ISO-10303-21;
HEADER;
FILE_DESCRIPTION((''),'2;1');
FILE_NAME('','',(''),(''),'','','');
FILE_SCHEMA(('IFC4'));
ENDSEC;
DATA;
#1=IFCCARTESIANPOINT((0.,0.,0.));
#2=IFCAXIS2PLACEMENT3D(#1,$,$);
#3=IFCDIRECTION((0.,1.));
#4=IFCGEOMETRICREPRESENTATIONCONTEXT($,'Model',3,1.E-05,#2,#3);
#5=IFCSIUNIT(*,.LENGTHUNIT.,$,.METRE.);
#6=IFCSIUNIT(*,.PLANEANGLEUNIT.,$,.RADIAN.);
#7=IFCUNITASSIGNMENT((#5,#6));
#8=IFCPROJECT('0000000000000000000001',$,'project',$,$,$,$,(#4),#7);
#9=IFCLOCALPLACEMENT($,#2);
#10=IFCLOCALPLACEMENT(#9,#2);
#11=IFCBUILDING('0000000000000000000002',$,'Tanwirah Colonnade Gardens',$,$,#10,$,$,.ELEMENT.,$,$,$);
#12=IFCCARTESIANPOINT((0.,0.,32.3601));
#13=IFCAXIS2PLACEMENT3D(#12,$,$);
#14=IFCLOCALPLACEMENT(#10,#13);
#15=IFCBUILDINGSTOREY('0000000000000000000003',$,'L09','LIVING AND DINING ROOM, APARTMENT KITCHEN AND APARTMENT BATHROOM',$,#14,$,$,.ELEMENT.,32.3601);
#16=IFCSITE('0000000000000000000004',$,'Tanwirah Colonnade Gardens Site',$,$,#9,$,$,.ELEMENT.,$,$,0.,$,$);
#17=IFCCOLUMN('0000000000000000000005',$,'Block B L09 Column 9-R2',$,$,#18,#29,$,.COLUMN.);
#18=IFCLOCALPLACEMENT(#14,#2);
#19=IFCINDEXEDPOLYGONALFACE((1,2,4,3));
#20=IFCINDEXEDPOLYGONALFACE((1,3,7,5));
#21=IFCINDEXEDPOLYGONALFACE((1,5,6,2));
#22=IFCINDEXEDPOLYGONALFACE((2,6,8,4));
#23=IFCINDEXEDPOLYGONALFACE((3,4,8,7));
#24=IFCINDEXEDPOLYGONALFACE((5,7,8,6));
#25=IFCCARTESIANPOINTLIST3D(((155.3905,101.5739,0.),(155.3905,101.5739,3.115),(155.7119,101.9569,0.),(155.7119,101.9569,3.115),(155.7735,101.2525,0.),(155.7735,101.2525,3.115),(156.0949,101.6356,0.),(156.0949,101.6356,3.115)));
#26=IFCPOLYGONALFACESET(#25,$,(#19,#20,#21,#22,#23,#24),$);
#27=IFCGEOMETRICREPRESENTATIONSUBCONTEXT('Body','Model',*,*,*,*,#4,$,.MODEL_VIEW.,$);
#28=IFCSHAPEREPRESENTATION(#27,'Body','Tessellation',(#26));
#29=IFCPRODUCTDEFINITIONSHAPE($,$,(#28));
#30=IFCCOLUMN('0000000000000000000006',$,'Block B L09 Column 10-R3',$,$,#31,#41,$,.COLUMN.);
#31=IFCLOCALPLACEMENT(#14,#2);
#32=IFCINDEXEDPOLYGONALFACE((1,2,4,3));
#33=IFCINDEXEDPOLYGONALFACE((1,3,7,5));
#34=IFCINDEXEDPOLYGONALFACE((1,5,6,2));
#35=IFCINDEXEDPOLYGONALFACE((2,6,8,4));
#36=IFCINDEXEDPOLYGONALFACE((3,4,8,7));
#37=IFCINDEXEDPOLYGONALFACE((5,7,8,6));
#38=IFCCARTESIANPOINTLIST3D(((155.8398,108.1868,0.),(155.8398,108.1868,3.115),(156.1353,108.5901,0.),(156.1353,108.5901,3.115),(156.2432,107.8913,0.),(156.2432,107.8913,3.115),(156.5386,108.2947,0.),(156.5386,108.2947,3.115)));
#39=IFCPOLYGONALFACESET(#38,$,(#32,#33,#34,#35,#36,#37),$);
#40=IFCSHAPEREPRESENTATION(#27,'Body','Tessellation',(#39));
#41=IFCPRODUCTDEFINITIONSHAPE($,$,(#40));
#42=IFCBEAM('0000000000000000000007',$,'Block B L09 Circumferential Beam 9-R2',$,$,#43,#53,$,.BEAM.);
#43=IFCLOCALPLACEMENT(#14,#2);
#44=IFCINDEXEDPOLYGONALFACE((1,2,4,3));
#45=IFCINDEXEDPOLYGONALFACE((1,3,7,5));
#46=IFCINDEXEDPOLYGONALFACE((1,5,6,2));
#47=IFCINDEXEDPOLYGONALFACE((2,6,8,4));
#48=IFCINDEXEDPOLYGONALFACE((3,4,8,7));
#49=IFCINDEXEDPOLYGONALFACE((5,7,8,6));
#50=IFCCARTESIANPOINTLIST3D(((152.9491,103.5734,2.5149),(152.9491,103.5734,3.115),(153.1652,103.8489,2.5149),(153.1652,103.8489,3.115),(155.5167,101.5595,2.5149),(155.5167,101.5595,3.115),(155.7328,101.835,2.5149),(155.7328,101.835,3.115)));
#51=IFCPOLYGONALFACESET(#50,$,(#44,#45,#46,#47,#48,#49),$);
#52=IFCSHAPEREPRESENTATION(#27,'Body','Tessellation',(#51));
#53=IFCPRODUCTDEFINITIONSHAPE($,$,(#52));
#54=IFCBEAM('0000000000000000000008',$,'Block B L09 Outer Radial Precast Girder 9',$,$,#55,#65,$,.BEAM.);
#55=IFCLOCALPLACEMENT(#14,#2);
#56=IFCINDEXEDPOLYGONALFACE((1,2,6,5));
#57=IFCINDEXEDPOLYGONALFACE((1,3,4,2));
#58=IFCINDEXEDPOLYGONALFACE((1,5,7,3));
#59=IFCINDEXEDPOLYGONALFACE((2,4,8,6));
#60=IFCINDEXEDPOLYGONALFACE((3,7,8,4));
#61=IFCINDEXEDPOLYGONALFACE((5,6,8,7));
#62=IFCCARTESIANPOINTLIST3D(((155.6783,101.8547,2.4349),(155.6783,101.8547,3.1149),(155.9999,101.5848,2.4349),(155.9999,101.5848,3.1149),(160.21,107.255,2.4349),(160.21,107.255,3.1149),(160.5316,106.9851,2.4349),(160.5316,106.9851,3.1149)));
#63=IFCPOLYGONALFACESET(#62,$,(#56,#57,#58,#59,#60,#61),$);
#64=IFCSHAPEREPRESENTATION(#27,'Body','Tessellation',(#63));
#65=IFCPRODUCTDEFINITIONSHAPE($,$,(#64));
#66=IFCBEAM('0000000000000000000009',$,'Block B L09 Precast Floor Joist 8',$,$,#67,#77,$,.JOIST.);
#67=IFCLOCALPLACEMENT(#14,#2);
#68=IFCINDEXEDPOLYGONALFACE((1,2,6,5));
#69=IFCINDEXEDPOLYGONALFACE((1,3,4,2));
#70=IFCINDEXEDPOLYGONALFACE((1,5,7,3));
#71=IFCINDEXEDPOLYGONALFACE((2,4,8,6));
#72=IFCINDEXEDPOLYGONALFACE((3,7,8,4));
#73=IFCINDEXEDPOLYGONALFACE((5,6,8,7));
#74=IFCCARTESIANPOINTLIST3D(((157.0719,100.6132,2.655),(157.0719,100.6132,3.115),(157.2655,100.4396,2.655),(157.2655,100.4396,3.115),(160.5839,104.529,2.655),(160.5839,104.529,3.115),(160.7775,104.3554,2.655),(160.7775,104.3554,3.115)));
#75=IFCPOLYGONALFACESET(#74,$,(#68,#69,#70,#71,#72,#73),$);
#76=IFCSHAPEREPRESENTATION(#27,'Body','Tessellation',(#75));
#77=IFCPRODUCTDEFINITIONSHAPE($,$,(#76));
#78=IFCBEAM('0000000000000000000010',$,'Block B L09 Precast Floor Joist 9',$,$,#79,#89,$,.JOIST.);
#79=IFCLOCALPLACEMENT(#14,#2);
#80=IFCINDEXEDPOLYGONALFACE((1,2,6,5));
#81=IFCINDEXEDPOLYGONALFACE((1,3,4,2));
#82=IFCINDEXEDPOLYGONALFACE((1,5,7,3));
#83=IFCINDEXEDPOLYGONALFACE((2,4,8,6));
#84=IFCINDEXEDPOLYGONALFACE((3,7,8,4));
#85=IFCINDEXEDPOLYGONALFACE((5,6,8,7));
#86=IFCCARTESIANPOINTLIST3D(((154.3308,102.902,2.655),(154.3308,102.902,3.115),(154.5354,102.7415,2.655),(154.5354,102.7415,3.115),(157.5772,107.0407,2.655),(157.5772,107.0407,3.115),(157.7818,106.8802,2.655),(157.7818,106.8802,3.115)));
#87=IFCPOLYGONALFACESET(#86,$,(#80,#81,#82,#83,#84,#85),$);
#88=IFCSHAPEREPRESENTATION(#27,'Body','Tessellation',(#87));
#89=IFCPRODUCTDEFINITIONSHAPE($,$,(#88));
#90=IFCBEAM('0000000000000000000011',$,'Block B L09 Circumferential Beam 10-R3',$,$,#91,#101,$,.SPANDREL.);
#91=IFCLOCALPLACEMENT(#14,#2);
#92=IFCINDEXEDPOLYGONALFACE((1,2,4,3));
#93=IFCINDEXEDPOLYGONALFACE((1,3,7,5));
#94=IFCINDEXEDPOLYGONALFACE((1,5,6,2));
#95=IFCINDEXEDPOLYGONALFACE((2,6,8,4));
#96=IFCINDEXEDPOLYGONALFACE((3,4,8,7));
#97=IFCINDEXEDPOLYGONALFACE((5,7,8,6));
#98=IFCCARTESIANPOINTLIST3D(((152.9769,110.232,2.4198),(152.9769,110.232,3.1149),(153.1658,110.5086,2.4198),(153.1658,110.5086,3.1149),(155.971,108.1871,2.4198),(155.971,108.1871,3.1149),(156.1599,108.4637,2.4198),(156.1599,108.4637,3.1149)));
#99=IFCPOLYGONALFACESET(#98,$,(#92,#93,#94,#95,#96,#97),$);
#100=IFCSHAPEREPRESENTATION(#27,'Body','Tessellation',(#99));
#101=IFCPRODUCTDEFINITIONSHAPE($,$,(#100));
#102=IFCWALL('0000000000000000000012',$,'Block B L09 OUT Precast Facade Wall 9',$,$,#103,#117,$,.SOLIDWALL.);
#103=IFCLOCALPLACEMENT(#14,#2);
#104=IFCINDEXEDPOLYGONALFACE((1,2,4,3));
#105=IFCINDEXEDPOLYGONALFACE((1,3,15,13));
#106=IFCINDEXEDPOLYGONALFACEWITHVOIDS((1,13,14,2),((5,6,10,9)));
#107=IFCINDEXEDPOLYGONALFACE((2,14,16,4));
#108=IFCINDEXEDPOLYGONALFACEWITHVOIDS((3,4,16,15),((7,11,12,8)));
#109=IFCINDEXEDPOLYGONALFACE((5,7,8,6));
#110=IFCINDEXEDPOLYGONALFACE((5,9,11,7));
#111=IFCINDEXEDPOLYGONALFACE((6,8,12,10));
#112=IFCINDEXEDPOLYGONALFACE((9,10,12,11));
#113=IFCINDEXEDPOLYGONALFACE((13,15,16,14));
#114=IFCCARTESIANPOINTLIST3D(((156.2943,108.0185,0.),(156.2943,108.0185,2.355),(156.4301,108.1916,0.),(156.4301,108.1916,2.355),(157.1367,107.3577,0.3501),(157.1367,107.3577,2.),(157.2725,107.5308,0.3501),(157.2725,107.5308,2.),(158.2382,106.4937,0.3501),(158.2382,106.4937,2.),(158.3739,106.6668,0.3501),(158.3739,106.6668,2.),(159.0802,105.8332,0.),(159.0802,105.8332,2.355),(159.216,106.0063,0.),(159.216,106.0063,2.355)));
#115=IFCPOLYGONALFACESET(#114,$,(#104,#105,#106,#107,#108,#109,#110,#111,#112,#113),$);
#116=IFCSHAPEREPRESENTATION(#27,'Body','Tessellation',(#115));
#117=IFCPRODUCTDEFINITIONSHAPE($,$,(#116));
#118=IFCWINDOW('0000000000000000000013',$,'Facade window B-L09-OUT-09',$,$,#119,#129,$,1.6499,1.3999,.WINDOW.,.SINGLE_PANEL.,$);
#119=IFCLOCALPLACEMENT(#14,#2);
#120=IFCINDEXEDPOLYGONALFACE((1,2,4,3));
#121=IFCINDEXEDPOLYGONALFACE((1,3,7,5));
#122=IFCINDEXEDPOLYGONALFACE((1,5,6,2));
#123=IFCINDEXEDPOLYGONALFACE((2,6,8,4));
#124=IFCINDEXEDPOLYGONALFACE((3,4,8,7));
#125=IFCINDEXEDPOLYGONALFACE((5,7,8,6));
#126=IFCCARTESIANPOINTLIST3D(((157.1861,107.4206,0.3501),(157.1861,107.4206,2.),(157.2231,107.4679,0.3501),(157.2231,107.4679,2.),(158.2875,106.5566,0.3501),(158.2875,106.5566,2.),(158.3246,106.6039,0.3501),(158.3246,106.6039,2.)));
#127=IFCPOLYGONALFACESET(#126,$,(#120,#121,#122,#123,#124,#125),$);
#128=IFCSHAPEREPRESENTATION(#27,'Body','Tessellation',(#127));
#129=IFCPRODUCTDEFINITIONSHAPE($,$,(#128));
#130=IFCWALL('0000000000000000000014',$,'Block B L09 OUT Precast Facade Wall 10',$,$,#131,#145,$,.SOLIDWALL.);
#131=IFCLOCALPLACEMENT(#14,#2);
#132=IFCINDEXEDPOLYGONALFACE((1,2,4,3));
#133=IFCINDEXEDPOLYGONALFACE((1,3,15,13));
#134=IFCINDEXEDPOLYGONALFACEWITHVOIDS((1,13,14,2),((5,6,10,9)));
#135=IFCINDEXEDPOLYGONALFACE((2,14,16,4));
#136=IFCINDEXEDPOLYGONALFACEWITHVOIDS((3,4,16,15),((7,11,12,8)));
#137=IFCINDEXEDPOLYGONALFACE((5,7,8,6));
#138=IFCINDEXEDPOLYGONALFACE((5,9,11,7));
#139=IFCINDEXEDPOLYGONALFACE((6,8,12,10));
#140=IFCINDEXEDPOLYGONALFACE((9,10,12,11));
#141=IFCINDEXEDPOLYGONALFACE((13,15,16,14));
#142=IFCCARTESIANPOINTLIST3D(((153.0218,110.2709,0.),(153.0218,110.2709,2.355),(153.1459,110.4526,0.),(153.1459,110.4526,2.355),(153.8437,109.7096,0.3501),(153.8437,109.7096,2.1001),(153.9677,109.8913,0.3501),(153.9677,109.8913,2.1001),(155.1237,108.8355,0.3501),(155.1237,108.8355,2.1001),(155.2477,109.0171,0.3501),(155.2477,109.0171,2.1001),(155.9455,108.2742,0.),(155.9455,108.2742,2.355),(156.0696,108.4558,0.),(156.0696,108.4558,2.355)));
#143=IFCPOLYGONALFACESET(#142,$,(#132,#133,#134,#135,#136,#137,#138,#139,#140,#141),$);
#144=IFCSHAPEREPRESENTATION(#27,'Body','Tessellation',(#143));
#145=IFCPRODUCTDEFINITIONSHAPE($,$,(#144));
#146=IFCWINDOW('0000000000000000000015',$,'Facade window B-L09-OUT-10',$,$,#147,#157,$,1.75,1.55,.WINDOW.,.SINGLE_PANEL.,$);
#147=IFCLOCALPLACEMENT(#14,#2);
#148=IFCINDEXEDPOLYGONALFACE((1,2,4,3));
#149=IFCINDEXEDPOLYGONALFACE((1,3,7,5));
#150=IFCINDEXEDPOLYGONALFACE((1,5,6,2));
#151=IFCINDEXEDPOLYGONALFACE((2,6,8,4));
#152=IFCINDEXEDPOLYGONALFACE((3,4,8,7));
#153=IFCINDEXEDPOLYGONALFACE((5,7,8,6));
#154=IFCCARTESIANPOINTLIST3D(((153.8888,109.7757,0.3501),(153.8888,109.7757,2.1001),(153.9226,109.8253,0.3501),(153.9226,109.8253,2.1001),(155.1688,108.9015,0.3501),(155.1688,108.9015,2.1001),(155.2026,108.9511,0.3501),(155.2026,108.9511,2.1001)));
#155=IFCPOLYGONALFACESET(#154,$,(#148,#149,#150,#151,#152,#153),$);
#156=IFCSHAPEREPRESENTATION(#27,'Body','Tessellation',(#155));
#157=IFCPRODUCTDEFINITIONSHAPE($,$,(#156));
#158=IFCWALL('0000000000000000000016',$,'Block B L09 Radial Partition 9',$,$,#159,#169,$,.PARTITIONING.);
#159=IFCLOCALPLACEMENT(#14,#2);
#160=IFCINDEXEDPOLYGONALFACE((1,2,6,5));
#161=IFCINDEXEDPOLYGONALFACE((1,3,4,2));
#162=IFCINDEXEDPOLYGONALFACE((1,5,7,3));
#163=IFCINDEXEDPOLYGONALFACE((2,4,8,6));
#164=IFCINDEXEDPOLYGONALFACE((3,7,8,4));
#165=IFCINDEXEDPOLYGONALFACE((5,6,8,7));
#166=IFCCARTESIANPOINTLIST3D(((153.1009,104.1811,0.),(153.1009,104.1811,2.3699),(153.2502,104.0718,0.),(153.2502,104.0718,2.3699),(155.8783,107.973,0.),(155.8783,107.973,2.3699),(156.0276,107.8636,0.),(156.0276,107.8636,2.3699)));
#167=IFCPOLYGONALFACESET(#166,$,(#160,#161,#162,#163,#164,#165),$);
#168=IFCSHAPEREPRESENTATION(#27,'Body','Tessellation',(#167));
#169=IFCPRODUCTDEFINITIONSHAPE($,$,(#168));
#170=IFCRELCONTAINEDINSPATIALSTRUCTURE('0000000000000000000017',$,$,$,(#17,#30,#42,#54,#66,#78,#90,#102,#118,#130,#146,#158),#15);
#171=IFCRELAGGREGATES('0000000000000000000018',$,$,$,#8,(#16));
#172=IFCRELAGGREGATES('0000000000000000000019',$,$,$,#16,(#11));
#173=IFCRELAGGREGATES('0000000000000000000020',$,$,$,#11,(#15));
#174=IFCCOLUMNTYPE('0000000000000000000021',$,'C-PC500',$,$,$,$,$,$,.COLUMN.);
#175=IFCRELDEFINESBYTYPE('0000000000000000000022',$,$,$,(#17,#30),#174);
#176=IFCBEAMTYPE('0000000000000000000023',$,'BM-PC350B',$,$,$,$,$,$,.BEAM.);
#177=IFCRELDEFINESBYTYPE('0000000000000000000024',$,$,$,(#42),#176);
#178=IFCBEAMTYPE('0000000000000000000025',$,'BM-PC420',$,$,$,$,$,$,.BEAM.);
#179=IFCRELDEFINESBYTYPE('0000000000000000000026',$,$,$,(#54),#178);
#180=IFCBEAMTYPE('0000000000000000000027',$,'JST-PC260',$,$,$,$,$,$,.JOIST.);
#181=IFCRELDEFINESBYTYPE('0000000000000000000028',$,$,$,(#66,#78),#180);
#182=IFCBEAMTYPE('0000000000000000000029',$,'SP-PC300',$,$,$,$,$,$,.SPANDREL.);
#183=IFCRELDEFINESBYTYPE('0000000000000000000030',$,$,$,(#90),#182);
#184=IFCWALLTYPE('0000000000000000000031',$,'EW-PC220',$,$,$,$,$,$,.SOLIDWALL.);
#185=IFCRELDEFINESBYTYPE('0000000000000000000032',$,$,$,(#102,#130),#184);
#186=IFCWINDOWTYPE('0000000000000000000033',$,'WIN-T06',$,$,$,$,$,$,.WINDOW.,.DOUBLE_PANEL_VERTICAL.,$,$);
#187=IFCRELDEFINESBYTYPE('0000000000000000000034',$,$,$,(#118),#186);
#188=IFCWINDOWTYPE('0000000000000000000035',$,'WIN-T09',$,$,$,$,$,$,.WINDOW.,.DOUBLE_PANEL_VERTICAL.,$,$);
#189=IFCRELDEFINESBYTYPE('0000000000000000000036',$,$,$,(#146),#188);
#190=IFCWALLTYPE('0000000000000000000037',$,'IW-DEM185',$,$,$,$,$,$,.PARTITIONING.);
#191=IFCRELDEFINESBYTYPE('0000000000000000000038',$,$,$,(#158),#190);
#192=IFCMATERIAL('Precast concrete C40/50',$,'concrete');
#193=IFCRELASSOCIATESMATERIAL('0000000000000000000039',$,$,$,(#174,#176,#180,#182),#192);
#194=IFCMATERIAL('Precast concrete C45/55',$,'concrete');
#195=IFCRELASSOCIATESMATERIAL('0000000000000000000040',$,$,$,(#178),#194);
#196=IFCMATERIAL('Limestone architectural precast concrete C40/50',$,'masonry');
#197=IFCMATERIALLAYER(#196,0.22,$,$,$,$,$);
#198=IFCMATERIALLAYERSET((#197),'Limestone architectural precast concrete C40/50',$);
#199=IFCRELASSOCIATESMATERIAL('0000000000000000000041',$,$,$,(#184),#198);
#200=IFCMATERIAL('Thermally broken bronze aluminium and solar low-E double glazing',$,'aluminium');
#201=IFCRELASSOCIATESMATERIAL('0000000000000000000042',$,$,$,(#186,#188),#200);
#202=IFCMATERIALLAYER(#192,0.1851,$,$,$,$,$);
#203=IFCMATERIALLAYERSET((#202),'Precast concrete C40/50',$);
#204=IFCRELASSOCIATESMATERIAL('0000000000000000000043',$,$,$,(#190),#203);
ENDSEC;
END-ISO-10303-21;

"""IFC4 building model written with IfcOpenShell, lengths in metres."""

from ifc_helpers import new_model, si_unit, direction, frame, frame_2d, origin, origin_2d, place, context, subcontext, project, spatial, rectangle, extrude, material, layer, layer_set, material_profile, profile_set, type_object, element, fill, save


model = new_model("IFC4")

# Units and contexts
model_context = context("Model", 3, precision=1e-05, world=origin(), true_north=direction((0.0, 1.0)))
body_context = subcontext(model_context, "Body", "Model", "MODEL_VIEW")
ifc_project = project(units=[si_unit("LENGTHUNIT", "METRE"), si_unit("PLANEANGLEUNIT", "RADIAN")], contexts=[model_context])

# Site, building, storey
site_placement = place(None, origin())
site = spatial("IfcSite", under=ifc_project, at=site_placement, Name="Tanwirah Colonnade Gardens Site", CompositionType="ELEMENT", RefElevation=0.0)
building_placement = place(site_placement, origin())
building = spatial("IfcBuilding", under=site, at=building_placement, Name="Tanwirah Colonnade Gardens", CompositionType="ELEMENT")
storey_placement = place(building_placement, frame((0.0, 0.0, 32.3601)))
storey = spatial("IfcBuildingStorey", under=building, at=storey_placement, Name="L09", Description="LIVING AND DINING ROOM, APARTMENT KITCHEN AND APARTMENT BATHROOM", CompositionType="ELEMENT", Elevation=32.3601)

# Columns
ifc_material_1 = material(Name="Precast concrete C40/50", Category="concrete")
ifc_material_profile_1 = material_profile(ifc_material_1, rectangle(XDim=0.5, YDim=0.5, at=origin_2d()), Name="PC-COL 500x500")
ifc_profile_set_1 = profile_set([ifc_material_profile_1], Name="Precast concrete C40/50")
column_type = type_object("IfcColumnType", Name="C-PC500", PredefinedType="COLUMN", material=ifc_profile_set_1)
for number, where, z_axis, x_axis, name in (
    (1, (155.7427, 101.6047, 0.0), (0.0, 0.0, 1.0), (0.642788, 0.766044, 0.0), "Block B L09 Column 9-R2"),
    (2, (156.1892, 108.2407, 0.0), (0.0, 0.0, 1.0), (0.590919, 0.806731, 0.0), "Block B L09 Column 10-R3"),
):
    element("IfcColumn", number, at=place(storey_placement, frame(where, z_axis=z_axis, x_axis=x_axis)), inside=storey, type_object=column_type, Name=name, PredefinedType="COLUMN", context=body_context, shape_type="SweptSolid", body=[
        extrude(rectangle(XDim=0.5, YDim=0.5, at=origin_2d()), origin(), (0.0, 0.0, 1.0), 3.115),
    ])

# Beams
ifc_material_profile_2 = material_profile(ifc_material_1, rectangle(XDim=0.3501, YDim=0.6001, at=origin_2d()), Name="PC-BM 350x600")
ifc_profile_set_2 = profile_set([ifc_material_profile_2], Name="Precast concrete C40/50")
beam_type_1 = type_object("IfcBeamType", Name="BM-PC350B", PredefinedType="BEAM", material=ifc_profile_set_2)
beam_1_placement = place(storey_placement, frame((155.6248, 101.6973, 2.8149), z_axis=(-0.78684, 0.617157, 0.0), x_axis=(-0.617157, -0.78684, 0.0)))
element("IfcBeam", 3, at=beam_1_placement, inside=storey, type_object=beam_type_1, Name="Block B L09 Circumferential Beam 9-R2", PredefinedType="BEAM", context=body_context, shape_type="SweptSolid", body=[
    extrude(rectangle(XDim=0.3501, YDim=0.6001, at=origin_2d()), origin(), (0.0, 0.0, 1.0), 3.2632),
])
ifc_material_2 = material(Name="Precast concrete C45/55", Category="concrete")
ifc_material_profile_3 = material_profile(ifc_material_2, rectangle(XDim=0.4199, YDim=0.6799, at=origin_2d()), Name="PC-BM 420x680")
ifc_profile_set_3 = profile_set([ifc_material_profile_3], Name="Precast concrete C45/55")
beam_type_2 = type_object("IfcBeamType", Name="BM-PC420", PredefinedType="BEAM", material=ifc_profile_set_3)
beam_2_placement = place(storey_placement, frame((155.8391, 101.7197, 2.7749), z_axis=(0.64281, 0.766025, 0.0), x_axis=(-0.766025, 0.64281, 0.0)))
element("IfcBeam", 4, at=beam_2_placement, inside=storey, type_object=beam_type_2, Name="Block B L09 Outer Radial Precast Girder 9", PredefinedType="BEAM", context=body_context, shape_type="SweptSolid", body=[
    extrude(rectangle(XDim=0.4199, YDim=0.6799, at=origin_2d()), origin(), (0.0, 0.0, 1.0), 7.0498),
])
ifc_material_profile_4 = material_profile(ifc_material_1, rectangle(XDim=0.26, YDim=0.46, at=origin_2d()), Name="PC-JST 260x460")
ifc_profile_set_4 = profile_set([ifc_material_profile_4], Name="Precast concrete C40/50")
beam_type_3 = type_object("IfcBeamType", Name="JST-PC260", PredefinedType="JOIST", material=ifc_profile_set_4)
for number, where, z_axis, x_axis, name in (
    (5, (157.1687, 100.5264, 2.885), (0.667679, 0.744449, 0.0), (-0.744449, 0.667679, 0.0), "Block B L09 Precast Floor Joist 8"),
    (6, (154.4331, 102.8218, 2.885), (0.617178, 0.786824, 0.0), (-0.786824, 0.617178, 0.0), "Block B L09 Precast Floor Joist 9"),
):
    element("IfcBeam", number, at=place(storey_placement, frame(where, z_axis=z_axis, x_axis=x_axis)), inside=storey, type_object=beam_type_3, Name=name, PredefinedType="JOIST", context=body_context, shape_type="SweptSolid", body=[
        extrude(rectangle(XDim=0.26, YDim=0.46, at=origin_2d()), origin(), (0.0, 0.0, 1.0), 5.26),
    ])
ifc_material_profile_5 = material_profile(ifc_material_1, rectangle(XDim=0.335, YDim=0.6951, at=origin_2d()), Name="PC-SP 335x695")
ifc_profile_set_5 = profile_set([ifc_material_profile_5], Name="Precast concrete C40/50")
beam_type_4 = type_object("IfcBeamType", Name="SP-PC300", PredefinedType="SPANDREL", material=ifc_profile_set_5)
beam_3_placement = place(storey_placement, frame((156.0654, 108.3254, 2.7673), z_axis=(-0.825783, 0.563989, 0.0), x_axis=(-0.563989, -0.825783, 0.0)))
element("IfcBeam", 7, at=beam_3_placement, inside=storey, type_object=beam_type_4, Name="Block B L09 Circumferential Beam 10-R3", PredefinedType="SPANDREL", context=body_context, shape_type="SweptSolid", body=[
    extrude(rectangle(XDim=0.335, YDim=0.6951, at=origin_2d()), origin(), (0.0, 0.0, 1.0), 3.6257),
])

# Walls, openings, windows
ifc_material_3 = material(Name="Limestone architectural precast concrete C40/50", Category="masonry")
ifc_layer_1 = layer(ifc_material_3, 0.22)
ifc_layer_set_1 = layer_set([ifc_layer_1], Name="Limestone architectural precast concrete C40/50")
wall_type_1 = type_object("IfcWallType", Name="EW-PC220", PredefinedType="SOLIDWALL", material=ifc_layer_set_1)
wall_1_placement = place(storey_placement, frame((159.1482, 105.9197, 0.0), z_axis=(0.0, 0.0, 1.0), x_axis=(-0.786813, 0.617191, 0.0)))
wall_1 = element("IfcWall", 8, at=wall_1_placement, inside=storey, type_object=wall_type_1, Name="Block B L09 OUT Precast Facade Wall 9", PredefinedType="SOLIDWALL", context=body_context, shape_type="SweptSolid", body=[
    extrude(rectangle(XDim=3.5408, YDim=0.22, at=frame_2d((1.7705, 0.0))), origin(), (0.0, 0.0, 1.0), 2.355),
])
opening_1_placement = place(wall_1_placement, frame((1.0703, 0.0, 0.3501)))
opening_1 = element("IfcOpeningElement", 9, at=opening_1_placement, cuts=wall_1, PredefinedType="OPENING", context=body_context, shape_type="SweptSolid", body=[
    extrude(rectangle(XDim=1.3999, YDim=1.6499, at=frame_2d((0.7, 0.825))), frame((0.0, 0.1199, 0.0), z_axis=(0.0, -1.0, 0.0), x_axis=(1.0, 0.0, 0.0)), (0.0, 0.0, 1.0), 0.24),
])
ifc_material_4 = material(Name="Thermally broken bronze aluminium and solar low-E double glazing", Category="aluminium")
window_type_1 = type_object("IfcWindowType", Name="WIN-T06", PartitioningType="DOUBLE_PANEL_VERTICAL", PredefinedType="WINDOW", material=ifc_material_4)
window_1_placement = place(opening_1_placement, origin())
window_1 = element("IfcWindow", 10, at=window_1_placement, inside=storey, type_object=window_type_1, Name="Facade window B-L09-OUT-09", OverallHeight=1.6499, OverallWidth=1.3999, PartitioningType="SINGLE_PANEL", PredefinedType="WINDOW", context=body_context, shape_type="SweptSolid", body=[
    extrude(rectangle(XDim=1.3999, YDim=1.6499, at=frame_2d((0.7, 0.825))), frame((0.0, 0.03, 0.0), z_axis=(0.0, -1.0, 0.0), x_axis=(1.0, 0.0, 0.0)), (0.0, 0.0, 1.0), 0.0601),
])
fill(opening_1, window_1)
wall_2_placement = place(storey_placement, frame((156.0076, 108.365, 0.0), z_axis=(0.0, 0.0, 1.0), x_axis=(-0.825792, 0.563974, 0.0)))
wall_2 = element("IfcWall", 11, at=wall_2_placement, inside=storey, type_object=wall_type_1, Name="Block B L09 OUT Precast Facade Wall 10", PredefinedType="SOLIDWALL", context=body_context, shape_type="SweptSolid", body=[
    extrude(rectangle(XDim=3.5405, YDim=0.22, at=frame_2d((1.7703, 0.0))), origin(), (0.0, 0.0, 1.0), 2.355),
])
opening_2_placement = place(wall_2_placement, frame((0.9954, 0.0, 0.3501)))
opening_2 = element("IfcOpeningElement", 12, at=opening_2_placement, cuts=wall_2, PredefinedType="OPENING", context=body_context, shape_type="SweptSolid", body=[
    extrude(rectangle(XDim=1.55, YDim=1.75, at=frame_2d((0.7749, 0.875))), frame((0.0, 0.1199, 0.0), z_axis=(0.0, -1.0, 0.0), x_axis=(1.0, 0.0, 0.0)), (0.0, 0.0, 1.0), 0.24),
])
window_type_2 = type_object("IfcWindowType", Name="WIN-T09", PartitioningType="DOUBLE_PANEL_VERTICAL", PredefinedType="WINDOW", material=ifc_material_4)
window_2_placement = place(opening_2_placement, origin())
window_2 = element("IfcWindow", 13, at=window_2_placement, inside=storey, type_object=window_type_2, Name="Facade window B-L09-OUT-10", OverallHeight=1.75, OverallWidth=1.55, PartitioningType="SINGLE_PANEL", PredefinedType="WINDOW", context=body_context, shape_type="SweptSolid", body=[
    extrude(rectangle(XDim=1.55, YDim=1.75, at=frame_2d((0.7749, 0.875))), frame((0.0, 0.03, 0.0), z_axis=(0.0, -1.0, 0.0), x_axis=(1.0, 0.0, 0.0)), (0.0, 0.0, 1.0), 0.0601),
])
fill(opening_2, window_2)

# Wall
ifc_layer_2 = layer(ifc_material_1, 0.1851)
ifc_layer_set_2 = layer_set([ifc_layer_2], Name="Precast concrete C40/50")
wall_type_2 = type_object("IfcWallType", Name="IW-DEM185", PredefinedType="PARTITIONING", material=ifc_layer_set_2)
wall_3_placement = place(storey_placement, frame((153.1755, 104.1265, 0.0), z_axis=(0.0, 0.0, 1.0), x_axis=(0.590911, 0.806737, 0.0)))
element("IfcWall", 14, at=wall_3_placement, inside=storey, type_object=wall_type_2, Name="Block B L09 Radial Partition 9", PredefinedType="PARTITIONING", context=body_context, shape_type="SweptSolid", body=[
    extrude(rectangle(XDim=4.7002, YDim=0.1851, at=frame_2d((2.3501, 0.0))), origin(), (0.0, 0.0, 1.0), 2.3699),
])

save(model, "model.ifc")
